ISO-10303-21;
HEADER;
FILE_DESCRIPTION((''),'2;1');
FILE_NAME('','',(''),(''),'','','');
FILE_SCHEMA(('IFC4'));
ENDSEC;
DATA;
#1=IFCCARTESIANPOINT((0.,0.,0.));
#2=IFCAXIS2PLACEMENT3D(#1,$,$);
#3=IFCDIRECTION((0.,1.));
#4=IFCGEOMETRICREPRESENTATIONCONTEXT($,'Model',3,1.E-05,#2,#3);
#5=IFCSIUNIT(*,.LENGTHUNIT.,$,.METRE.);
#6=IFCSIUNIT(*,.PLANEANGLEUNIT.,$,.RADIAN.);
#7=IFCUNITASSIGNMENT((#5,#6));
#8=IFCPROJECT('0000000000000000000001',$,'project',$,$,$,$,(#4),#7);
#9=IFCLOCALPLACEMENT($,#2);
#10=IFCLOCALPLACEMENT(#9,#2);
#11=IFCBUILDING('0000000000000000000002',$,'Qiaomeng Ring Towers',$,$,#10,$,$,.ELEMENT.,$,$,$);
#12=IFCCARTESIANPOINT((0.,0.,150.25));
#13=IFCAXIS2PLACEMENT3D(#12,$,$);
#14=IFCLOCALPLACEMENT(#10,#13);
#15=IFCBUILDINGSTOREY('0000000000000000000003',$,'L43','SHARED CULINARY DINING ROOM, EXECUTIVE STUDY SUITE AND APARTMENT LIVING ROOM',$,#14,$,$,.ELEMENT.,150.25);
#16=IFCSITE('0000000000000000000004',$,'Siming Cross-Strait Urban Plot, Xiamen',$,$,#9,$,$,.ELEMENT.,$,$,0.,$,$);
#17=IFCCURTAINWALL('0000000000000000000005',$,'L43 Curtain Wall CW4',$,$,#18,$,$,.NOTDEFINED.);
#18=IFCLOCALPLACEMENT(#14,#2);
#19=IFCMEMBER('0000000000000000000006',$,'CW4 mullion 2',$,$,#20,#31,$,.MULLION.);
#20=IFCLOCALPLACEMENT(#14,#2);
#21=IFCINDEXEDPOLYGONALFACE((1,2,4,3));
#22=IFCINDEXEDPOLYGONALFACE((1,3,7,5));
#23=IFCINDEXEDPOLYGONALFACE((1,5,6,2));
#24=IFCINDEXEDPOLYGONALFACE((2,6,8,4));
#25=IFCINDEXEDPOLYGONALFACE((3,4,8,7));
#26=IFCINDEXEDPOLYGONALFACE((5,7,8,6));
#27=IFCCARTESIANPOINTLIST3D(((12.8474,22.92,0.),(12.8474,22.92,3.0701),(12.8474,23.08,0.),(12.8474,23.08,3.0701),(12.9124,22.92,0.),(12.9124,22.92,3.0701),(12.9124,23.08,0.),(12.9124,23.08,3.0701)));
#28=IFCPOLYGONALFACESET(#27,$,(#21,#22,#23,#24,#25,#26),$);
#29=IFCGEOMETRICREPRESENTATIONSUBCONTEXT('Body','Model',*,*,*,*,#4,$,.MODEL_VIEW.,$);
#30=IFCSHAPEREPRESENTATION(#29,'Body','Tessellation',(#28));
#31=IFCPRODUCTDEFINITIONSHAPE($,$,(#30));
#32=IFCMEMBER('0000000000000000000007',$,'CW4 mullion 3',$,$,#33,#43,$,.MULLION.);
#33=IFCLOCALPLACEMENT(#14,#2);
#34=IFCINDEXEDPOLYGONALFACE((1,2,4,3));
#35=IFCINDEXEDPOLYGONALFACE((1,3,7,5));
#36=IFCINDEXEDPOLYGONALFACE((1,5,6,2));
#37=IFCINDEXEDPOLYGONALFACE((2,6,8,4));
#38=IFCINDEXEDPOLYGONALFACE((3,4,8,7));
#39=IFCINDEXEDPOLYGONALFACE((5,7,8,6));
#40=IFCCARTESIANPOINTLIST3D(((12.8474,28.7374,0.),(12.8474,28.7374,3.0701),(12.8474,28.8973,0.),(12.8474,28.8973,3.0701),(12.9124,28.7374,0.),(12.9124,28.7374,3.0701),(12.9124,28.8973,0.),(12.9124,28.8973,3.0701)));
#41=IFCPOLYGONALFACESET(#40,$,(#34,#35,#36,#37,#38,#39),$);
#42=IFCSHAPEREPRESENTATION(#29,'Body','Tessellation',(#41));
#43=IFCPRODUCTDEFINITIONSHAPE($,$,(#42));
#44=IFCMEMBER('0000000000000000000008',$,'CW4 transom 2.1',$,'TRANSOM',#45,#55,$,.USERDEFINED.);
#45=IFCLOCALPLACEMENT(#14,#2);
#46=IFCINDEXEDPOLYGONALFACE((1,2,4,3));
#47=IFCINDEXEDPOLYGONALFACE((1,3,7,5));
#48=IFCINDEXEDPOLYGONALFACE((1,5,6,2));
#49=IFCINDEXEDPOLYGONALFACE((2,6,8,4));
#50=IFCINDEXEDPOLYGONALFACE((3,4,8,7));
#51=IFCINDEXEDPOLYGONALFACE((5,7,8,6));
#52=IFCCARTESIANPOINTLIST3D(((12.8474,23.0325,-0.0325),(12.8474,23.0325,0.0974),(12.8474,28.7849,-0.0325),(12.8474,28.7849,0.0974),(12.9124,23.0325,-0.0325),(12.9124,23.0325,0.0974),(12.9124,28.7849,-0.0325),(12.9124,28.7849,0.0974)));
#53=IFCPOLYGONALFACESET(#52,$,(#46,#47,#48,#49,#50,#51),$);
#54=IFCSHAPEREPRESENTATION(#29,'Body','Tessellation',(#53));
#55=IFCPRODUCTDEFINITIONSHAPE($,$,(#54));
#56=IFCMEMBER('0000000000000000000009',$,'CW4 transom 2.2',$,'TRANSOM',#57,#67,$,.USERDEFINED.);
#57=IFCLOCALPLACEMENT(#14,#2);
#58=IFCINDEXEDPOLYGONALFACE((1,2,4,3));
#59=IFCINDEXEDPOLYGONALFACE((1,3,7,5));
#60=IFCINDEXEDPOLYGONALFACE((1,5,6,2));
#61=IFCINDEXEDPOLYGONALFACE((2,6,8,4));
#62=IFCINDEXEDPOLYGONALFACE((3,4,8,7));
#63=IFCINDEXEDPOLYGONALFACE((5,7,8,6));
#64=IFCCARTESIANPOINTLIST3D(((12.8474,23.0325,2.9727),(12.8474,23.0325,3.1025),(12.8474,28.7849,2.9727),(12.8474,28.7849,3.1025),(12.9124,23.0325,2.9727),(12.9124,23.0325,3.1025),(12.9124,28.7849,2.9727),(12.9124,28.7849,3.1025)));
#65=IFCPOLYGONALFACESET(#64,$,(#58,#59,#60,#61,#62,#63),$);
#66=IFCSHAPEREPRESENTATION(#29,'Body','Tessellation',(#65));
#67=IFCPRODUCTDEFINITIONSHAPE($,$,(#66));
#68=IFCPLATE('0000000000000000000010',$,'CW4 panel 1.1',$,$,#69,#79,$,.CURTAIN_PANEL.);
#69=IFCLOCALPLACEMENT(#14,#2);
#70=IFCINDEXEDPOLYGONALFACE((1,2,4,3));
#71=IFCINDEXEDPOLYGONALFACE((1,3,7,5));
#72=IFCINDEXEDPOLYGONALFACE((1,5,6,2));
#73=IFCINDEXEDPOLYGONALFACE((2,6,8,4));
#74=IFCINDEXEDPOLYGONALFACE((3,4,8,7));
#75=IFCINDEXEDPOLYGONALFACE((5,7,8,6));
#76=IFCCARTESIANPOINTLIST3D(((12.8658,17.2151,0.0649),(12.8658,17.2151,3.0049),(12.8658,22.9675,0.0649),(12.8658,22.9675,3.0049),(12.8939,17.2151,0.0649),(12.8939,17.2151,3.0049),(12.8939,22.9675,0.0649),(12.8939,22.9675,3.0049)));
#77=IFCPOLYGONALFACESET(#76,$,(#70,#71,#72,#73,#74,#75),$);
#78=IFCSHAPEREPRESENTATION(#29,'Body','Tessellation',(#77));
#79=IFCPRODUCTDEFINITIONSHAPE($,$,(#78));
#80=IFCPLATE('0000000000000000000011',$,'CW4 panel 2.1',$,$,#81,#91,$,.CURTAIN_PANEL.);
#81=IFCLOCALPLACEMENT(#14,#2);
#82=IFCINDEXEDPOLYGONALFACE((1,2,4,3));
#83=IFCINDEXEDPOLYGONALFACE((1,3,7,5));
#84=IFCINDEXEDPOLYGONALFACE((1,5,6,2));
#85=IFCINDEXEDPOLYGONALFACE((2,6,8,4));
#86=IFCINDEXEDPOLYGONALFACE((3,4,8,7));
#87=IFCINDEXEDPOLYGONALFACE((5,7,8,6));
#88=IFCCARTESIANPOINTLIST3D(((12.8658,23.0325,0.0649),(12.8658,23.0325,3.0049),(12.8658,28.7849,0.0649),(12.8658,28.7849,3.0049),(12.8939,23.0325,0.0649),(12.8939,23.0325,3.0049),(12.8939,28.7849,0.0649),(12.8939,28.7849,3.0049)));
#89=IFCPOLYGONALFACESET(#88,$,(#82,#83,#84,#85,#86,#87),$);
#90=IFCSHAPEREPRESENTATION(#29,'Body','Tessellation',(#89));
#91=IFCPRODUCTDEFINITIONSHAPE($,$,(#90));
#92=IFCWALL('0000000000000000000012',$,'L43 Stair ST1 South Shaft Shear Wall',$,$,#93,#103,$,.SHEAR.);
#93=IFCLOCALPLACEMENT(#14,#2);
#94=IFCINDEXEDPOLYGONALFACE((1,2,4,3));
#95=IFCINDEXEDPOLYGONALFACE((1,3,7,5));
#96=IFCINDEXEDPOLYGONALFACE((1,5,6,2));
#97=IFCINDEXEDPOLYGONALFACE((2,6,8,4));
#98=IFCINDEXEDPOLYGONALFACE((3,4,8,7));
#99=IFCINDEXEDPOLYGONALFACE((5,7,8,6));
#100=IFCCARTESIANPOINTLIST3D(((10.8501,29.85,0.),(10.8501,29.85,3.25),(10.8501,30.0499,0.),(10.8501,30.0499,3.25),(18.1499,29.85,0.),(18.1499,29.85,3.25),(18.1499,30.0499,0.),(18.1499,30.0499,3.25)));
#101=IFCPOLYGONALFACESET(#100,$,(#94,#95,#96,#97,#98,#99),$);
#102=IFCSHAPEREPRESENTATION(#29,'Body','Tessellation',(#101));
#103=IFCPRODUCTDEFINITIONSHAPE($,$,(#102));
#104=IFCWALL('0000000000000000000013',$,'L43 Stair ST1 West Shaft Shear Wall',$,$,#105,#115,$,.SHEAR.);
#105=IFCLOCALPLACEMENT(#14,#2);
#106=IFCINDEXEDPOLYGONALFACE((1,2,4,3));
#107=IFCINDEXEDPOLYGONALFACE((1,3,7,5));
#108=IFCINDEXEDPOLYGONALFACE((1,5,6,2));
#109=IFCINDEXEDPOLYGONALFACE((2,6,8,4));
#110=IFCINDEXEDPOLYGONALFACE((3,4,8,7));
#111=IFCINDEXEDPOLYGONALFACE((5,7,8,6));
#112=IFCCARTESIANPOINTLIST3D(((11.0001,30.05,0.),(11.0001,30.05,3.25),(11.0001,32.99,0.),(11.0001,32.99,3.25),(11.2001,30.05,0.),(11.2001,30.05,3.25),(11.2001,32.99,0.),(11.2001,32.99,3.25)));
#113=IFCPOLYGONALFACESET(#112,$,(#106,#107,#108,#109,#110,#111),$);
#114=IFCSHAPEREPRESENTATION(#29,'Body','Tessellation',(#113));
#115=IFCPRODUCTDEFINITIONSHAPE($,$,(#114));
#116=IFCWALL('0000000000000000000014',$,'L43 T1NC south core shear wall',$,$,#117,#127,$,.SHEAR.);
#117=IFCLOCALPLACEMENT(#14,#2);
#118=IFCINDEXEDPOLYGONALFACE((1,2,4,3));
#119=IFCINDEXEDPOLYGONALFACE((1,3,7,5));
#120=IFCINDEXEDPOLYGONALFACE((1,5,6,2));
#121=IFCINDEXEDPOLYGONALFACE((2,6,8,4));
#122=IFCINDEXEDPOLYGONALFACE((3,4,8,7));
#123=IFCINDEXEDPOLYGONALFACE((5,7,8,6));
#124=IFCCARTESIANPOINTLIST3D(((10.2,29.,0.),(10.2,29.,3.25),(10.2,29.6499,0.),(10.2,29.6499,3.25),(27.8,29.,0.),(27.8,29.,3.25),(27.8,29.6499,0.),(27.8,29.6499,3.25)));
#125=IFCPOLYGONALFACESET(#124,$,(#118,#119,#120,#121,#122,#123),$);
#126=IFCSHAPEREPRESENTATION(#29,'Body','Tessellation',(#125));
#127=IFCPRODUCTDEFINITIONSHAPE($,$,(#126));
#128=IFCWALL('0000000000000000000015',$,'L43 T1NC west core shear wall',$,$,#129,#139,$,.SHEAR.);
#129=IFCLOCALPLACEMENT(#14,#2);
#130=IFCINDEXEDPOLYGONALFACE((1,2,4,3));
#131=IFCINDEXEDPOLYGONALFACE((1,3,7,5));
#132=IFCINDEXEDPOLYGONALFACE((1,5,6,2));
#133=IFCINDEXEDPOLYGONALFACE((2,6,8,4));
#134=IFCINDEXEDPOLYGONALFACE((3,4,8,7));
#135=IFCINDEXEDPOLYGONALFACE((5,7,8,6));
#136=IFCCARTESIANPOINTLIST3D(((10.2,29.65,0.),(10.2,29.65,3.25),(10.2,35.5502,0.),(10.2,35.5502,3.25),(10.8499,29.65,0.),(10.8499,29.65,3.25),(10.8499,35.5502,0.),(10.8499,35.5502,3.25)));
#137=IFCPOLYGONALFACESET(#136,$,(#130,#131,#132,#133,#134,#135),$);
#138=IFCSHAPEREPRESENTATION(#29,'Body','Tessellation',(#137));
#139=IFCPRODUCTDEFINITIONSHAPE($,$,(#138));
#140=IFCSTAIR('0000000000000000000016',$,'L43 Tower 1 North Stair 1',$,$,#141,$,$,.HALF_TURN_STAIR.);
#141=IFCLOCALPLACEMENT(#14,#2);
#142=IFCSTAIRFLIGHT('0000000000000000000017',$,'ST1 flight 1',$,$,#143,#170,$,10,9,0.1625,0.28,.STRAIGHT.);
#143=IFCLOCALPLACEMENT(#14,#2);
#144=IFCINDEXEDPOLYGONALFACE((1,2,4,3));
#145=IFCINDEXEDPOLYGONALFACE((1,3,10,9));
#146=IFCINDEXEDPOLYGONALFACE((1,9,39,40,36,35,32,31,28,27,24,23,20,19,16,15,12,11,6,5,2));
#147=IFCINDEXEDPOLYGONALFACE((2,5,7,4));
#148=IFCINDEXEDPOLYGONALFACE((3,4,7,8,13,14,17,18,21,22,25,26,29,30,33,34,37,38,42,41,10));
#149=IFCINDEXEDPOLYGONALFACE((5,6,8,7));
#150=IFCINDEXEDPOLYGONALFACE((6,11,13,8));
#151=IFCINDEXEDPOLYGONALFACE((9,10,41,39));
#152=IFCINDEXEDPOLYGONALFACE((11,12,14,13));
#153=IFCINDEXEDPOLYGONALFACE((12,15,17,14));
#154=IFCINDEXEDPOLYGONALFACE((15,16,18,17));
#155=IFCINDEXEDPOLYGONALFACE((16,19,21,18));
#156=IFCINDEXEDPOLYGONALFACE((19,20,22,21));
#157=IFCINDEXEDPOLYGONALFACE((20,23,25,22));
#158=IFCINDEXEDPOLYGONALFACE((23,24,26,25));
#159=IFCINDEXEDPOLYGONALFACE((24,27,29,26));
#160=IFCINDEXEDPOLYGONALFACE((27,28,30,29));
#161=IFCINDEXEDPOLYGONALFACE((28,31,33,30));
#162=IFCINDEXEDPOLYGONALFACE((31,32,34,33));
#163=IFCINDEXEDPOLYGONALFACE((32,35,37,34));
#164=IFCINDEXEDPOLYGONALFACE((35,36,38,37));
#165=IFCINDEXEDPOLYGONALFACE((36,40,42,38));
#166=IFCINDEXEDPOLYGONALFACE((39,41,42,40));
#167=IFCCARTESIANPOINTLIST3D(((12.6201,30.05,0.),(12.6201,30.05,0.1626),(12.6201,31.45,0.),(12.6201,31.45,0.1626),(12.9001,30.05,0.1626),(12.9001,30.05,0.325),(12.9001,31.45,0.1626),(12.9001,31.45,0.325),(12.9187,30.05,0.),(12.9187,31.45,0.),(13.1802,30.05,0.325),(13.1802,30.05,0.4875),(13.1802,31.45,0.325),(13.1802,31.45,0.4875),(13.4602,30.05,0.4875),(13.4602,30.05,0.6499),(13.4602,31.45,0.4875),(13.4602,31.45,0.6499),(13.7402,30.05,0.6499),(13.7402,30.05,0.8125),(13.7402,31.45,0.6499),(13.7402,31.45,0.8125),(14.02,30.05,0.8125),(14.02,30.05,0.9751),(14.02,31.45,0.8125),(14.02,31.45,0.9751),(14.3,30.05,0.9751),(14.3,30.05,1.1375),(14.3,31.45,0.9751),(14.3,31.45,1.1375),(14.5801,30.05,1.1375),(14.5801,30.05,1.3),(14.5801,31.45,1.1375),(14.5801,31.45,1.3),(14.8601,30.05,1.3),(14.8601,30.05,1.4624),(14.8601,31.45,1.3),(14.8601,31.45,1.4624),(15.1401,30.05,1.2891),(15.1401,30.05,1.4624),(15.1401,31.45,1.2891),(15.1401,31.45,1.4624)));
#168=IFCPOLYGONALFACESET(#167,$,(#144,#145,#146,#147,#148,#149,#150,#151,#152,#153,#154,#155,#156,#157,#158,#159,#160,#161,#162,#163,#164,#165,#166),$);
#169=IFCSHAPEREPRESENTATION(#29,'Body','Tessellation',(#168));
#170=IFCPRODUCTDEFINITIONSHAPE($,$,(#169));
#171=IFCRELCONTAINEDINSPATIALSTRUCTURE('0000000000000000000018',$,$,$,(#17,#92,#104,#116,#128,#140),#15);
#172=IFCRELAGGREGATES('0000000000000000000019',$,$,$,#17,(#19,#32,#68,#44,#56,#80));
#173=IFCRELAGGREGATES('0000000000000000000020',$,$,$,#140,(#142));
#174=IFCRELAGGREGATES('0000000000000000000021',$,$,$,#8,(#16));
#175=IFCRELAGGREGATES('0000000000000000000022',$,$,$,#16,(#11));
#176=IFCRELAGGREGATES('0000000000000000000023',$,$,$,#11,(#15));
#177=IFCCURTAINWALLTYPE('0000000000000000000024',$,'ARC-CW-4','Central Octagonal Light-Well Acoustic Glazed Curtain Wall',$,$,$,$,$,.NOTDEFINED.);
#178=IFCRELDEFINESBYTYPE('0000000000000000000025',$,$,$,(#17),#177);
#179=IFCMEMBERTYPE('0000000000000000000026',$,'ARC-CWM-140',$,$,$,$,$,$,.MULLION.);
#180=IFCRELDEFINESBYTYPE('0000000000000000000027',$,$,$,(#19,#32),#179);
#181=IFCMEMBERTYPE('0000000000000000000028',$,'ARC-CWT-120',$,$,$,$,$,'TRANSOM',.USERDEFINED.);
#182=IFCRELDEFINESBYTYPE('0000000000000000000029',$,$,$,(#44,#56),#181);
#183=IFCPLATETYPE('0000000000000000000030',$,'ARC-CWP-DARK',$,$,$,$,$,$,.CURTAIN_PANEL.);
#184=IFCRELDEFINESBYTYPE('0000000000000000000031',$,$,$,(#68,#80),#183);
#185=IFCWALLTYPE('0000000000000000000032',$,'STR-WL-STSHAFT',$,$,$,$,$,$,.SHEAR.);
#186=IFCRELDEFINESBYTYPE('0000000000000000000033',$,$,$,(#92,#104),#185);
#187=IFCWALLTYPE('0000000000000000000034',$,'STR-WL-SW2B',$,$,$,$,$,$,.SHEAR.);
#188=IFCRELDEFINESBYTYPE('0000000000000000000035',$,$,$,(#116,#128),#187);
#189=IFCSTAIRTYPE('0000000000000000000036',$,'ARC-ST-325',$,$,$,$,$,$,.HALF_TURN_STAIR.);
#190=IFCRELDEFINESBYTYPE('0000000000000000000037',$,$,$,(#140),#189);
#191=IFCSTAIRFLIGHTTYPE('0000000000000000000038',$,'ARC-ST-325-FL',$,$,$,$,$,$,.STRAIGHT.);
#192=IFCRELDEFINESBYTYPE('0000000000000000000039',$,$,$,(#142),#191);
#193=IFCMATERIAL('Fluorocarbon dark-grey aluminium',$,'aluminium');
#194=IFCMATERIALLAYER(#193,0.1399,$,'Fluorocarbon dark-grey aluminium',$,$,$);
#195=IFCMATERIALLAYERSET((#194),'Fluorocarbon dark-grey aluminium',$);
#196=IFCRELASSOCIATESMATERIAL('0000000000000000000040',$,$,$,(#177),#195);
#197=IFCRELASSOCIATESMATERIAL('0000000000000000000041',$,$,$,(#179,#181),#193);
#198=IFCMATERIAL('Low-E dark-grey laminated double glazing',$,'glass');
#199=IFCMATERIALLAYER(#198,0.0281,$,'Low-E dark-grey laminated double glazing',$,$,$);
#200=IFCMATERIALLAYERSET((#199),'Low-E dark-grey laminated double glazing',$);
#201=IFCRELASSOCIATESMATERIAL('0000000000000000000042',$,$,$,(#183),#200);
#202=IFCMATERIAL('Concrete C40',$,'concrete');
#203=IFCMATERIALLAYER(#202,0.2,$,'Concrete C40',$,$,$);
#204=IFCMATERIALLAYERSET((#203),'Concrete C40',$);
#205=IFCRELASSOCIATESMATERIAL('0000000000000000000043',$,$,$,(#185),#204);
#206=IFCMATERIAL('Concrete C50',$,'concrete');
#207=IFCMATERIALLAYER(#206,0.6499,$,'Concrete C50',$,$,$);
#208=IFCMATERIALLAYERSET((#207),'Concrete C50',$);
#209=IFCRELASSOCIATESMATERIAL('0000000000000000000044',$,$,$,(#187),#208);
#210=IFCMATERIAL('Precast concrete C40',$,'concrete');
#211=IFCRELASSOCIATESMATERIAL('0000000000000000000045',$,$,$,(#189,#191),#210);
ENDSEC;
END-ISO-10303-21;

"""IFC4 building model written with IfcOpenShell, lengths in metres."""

from ifc_helpers import new_model, si_unit, direction, frame, frame_2d, origin, origin_2d, place, context, subcontext, project, spatial, polyline, rectangle, outline, extrude, source, transform, mapped, material, layer, layer_set, material_profile, profile_set, type_object, element, aggregate, save


model = new_model("IFC4")

# Units and contexts
model_context = context("Model", 3, precision=1e-05, world=origin(), true_north=direction((0.0, 1.0)))
body_context = subcontext(model_context, "Body", "Model", "MODEL_VIEW")
ifc_project = project(units=[si_unit("LENGTHUNIT", "METRE"), si_unit("PLANEANGLEUNIT", "RADIAN")], contexts=[model_context])

# Site, building, storey
site_placement = place(None, origin())
site = spatial("IfcSite", under=ifc_project, at=site_placement, Name="Siming Cross-Strait Urban Plot, Xiamen", CompositionType="ELEMENT", RefElevation=0.0)
building_placement = place(site_placement, origin())
building = spatial("IfcBuilding", under=site, at=building_placement, Name="Qiaomeng Ring Towers", CompositionType="ELEMENT")
storey_placement = place(building_placement, frame((0.0, 0.0, 150.25)))
storey = spatial("IfcBuildingStorey", under=building, at=storey_placement, Name="L43", Description="SHARED CULINARY DINING ROOM, EXECUTIVE STUDY SUITE AND APARTMENT LIVING ROOM", CompositionType="ELEMENT", Elevation=150.25)

# Curtain wall, members, plates
ifc_material_1 = material(Name="Fluorocarbon dark-grey aluminium", Category="aluminium")
ifc_layer_1 = layer(ifc_material_1, 0.1399, Name="Fluorocarbon dark-grey aluminium")
ifc_layer_set_1 = layer_set([ifc_layer_1], Name="Fluorocarbon dark-grey aluminium")
curtain_wall_type = type_object("IfcCurtainWallType", Name="ARC-CW-4", Description="Central Octagonal Light-Well Acoustic Glazed Curtain Wall", PredefinedType="NOTDEFINED", material=ifc_layer_set_1)
curtain_wall_placement = place(storey_placement, origin())
curtain_wall = element("IfcCurtainWall", 1, at=curtain_wall_placement, inside=storey, type_object=curtain_wall_type, Name="L43 Curtain Wall CW4", PredefinedType="NOTDEFINED")
ifc_material_profile_1 = material_profile(ifc_material_1, rectangle(XDim=0.0649, YDim=0.1599, at=origin_2d()), Name="ALU MULL 65x160")
ifc_profile_set_1 = profile_set([ifc_material_profile_1], Name="Fluorocarbon dark-grey aluminium")
member_type_1 = type_object("IfcMemberType", Name="ARC-CWM-140", PredefinedType="MULLION", material=ifc_profile_set_1)
shared_shape_1 = source(origin(), body_context, "Body", "SweptSolid", [
    extrude(rectangle(XDim=0.0649, YDim=0.1599, at=origin_2d()), origin(), (0.0, 0.0, 1.0), 3.0701),
])
member_1_placement = place(storey_placement, frame((12.8799, 23.0, 0.0), z_axis=(0.0, 0.0, 1.0), x_axis=(-1.0, 0.0, 0.0)))
member_1 = element("IfcMember", 2, at=member_1_placement, type_object=member_type_1, Name="CW4 mullion 2", PredefinedType="MULLION", context=body_context, shape_type="MappedRepresentation", body=[
    mapped(shared_shape_1, transform((0.0, 0.0, 0.0), x_axis=(1.0, 0.0, 0.0), y_axis=(0.0, 1.0, 0.0), z_axis=(0.0, 0.0, 1.0), scale=1.0)),
])
member_2_placement = place(storey_placement, frame((12.8799, 28.8174, 0.0), z_axis=(0.0, 0.0, 1.0), x_axis=(-1.0, 0.0, 0.0)))
member_2 = element("IfcMember", 3, at=member_2_placement, type_object=member_type_1, Name="CW4 mullion 3", PredefinedType="MULLION", context=body_context, shape_type="MappedRepresentation", body=[
    mapped(shared_shape_1, transform((0.0, 0.0, 0.0), x_axis=(1.0, 0.0, 0.0), y_axis=(0.0, 1.0, 0.0), z_axis=(0.0, 0.0, 1.0), scale=1.0)),
])
ifc_material_profile_2 = material_profile(ifc_material_1, rectangle(XDim=0.0649, YDim=0.1299, at=origin_2d()), Name="ALU TRAN 65x130")
ifc_profile_set_2 = profile_set([ifc_material_profile_2], Name="Fluorocarbon dark-grey aluminium")
member_type_2 = type_object("IfcMemberType", Name="ARC-CWT-120", ElementType="TRANSOM", PredefinedType="USERDEFINED", material=ifc_profile_set_2)
shared_shape_2 = source(origin(), body_context, "Body", "SweptSolid", [
    extrude(rectangle(XDim=0.0649, YDim=0.1299, at=origin_2d()), origin(), (0.0, 0.0, 1.0), 5.7524),
])
member_3_placement = place(storey_placement, frame((12.8799, 23.0325, 0.0325), z_axis=(0.0, 1.0, 0.0), x_axis=(-1.0, 0.0, 0.0)))
member_3 = element("IfcMember", 4, at=member_3_placement, type_object=member_type_2, Name="CW4 transom 2.1", ObjectType="TRANSOM", PredefinedType="USERDEFINED", context=body_context, shape_type="MappedRepresentation", body=[
    mapped(shared_shape_2, transform((0.0, 0.0, 0.0), x_axis=(1.0, 0.0, 0.0), y_axis=(0.0, 1.0, 0.0), z_axis=(0.0, 0.0, 1.0), scale=1.0)),
])
member_4_placement = place(storey_placement, frame((12.8799, 23.0325, 3.0376), z_axis=(0.0, 1.0, 0.0), x_axis=(-1.0, 0.0, 0.0)))
member_4 = element("IfcMember", 5, at=member_4_placement, type_object=member_type_2, Name="CW4 transom 2.2", ObjectType="TRANSOM", PredefinedType="USERDEFINED", context=body_context, shape_type="MappedRepresentation", body=[
    mapped(shared_shape_2, transform((0.0, 0.0, 0.0), x_axis=(1.0, 0.0, 0.0), y_axis=(0.0, 1.0, 0.0), z_axis=(0.0, 0.0, 1.0), scale=1.0)),
])
ifc_material_2 = material(Name="Low-E dark-grey laminated double glazing", Category="glass")
ifc_layer_2 = layer(ifc_material_2, 0.0281, Name="Low-E dark-grey laminated double glazing")
ifc_layer_set_2 = layer_set([ifc_layer_2], Name="Low-E dark-grey laminated double glazing")
plate_type = type_object("IfcPlateType", Name="ARC-CWP-DARK", PredefinedType="CURTAIN_PANEL", material=ifc_layer_set_2)
shared_shape_3 = source(origin(), body_context, "Body", "SweptSolid", [
    extrude(rectangle(XDim=5.7524, YDim=0.0281, at=origin_2d()), origin(), (0.0, 0.0, 1.0), 2.9399),
])
plate_1_placement = place(storey_placement, frame((12.8799, 20.0913, 0.0649), z_axis=(0.0, 0.0, 1.0), x_axis=(0.0, 1.0, 0.0)))
plate_1 = element("IfcPlate", 6, at=plate_1_placement, type_object=plate_type, Name="CW4 panel 1.1", PredefinedType="CURTAIN_PANEL", context=body_context, shape_type="MappedRepresentation", body=[
    mapped(shared_shape_3, transform((0.0, 0.0, 0.0), x_axis=(1.0, 0.0, 0.0), y_axis=(0.0, 1.0, 0.0), z_axis=(0.0, 0.0, 1.0), scale=1.0)),
])
plate_2_placement = place(storey_placement, frame((12.8799, 25.9087, 0.0649), z_axis=(0.0, 0.0, 1.0), x_axis=(0.0, 1.0, 0.0)))
plate_2 = element("IfcPlate", 7, at=plate_2_placement, type_object=plate_type, Name="CW4 panel 2.1", PredefinedType="CURTAIN_PANEL", context=body_context, shape_type="MappedRepresentation", body=[
    mapped(shared_shape_3, transform((0.0, 0.0, 0.0), x_axis=(1.0, 0.0, 0.0), y_axis=(0.0, 1.0, 0.0), z_axis=(0.0, 0.0, 1.0), scale=1.0)),
])
aggregate(curtain_wall, [member_1, member_2, plate_1, member_3, member_4, plate_2])

# Walls
ifc_material_3 = material(Name="Concrete C40", Category="concrete")
ifc_layer_3 = layer(ifc_material_3, 0.2, Name="Concrete C40")
ifc_layer_set_3 = layer_set([ifc_layer_3], Name="Concrete C40")
wall_type_1 = type_object("IfcWallType", Name="STR-WL-STSHAFT", PredefinedType="SHEAR", material=ifc_layer_set_3)
wall_1_placement = place(storey_placement, frame((10.8501, 29.95, 0.0), z_axis=(0.0, 0.0, 1.0), x_axis=(1.0, 0.0, 0.0)))
element("IfcWall", 8, at=wall_1_placement, inside=storey, type_object=wall_type_1, Name="L43 Stair ST1 South Shaft Shear Wall", PredefinedType="SHEAR", context=body_context, shape_type="SweptSolid", body=[
    extrude(rectangle(XDim=7.2998, YDim=0.2, at=frame_2d((3.6499, 0.0))), origin(), (0.0, 0.0, 1.0), 3.25),
])
wall_2_placement = place(storey_placement, frame((11.1001, 30.05, 0.0), z_axis=(0.0, 0.0, 1.0), x_axis=(0.0, 1.0, 0.0)))
element("IfcWall", 9, at=wall_2_placement, inside=storey, type_object=wall_type_1, Name="L43 Stair ST1 West Shaft Shear Wall", PredefinedType="SHEAR", context=body_context, shape_type="SweptSolid", body=[
    extrude(rectangle(XDim=2.9399, YDim=0.2, at=frame_2d((1.47, 0.0))), origin(), (0.0, 0.0, 1.0), 3.25),
])
ifc_material_4 = material(Name="Concrete C50", Category="concrete")
ifc_layer_4 = layer(ifc_material_4, 0.6499, Name="Concrete C50")
ifc_layer_set_4 = layer_set([ifc_layer_4], Name="Concrete C50")
wall_type_2 = type_object("IfcWallType", Name="STR-WL-SW2B", PredefinedType="SHEAR", material=ifc_layer_set_4)
wall_3_placement = place(storey_placement, frame((10.2, 29.325, 0.0), z_axis=(0.0, 0.0, 1.0), x_axis=(1.0, 0.0, 0.0)))
element("IfcWall", 10, at=wall_3_placement, inside=storey, type_object=wall_type_2, Name="L43 T1NC south core shear wall", PredefinedType="SHEAR", context=body_context, shape_type="SweptSolid", body=[
    extrude(rectangle(XDim=17.6001, YDim=0.6499, at=frame_2d((8.8, 0.0))), origin(), (0.0, 0.0, 1.0), 3.25),
])
wall_4_placement = place(storey_placement, frame((10.5249, 29.6499, 0.0), z_axis=(0.0, 0.0, 1.0), x_axis=(0.0, 1.0, 0.0)))
element("IfcWall", 11, at=wall_4_placement, inside=storey, type_object=wall_type_2, Name="L43 T1NC west core shear wall", PredefinedType="SHEAR", context=body_context, shape_type="SweptSolid", body=[
    extrude(rectangle(XDim=5.9001, YDim=0.6499, at=frame_2d((2.9502, 0.0))), origin(), (0.0, 0.0, 1.0), 3.25),
])

# Stair, stair flight
ifc_material_5 = material(Name="Precast concrete C40", Category="concrete")
stair_type = type_object("IfcStairType", Name="ARC-ST-325", PredefinedType="HALF_TURN_STAIR", material=ifc_material_5)
stair_placement = place(storey_placement, origin())
stair = element("IfcStair", 12, at=stair_placement, inside=storey, type_object=stair_type, Name="L43 Tower 1 North Stair 1", PredefinedType="HALF_TURN_STAIR")
stair_flight_type = type_object("IfcStairFlightType", Name="ARC-ST-325-FL", PredefinedType="STRAIGHT", material=ifc_material_5)
shared_shape_4 = source(origin(), body_context, "Body", "SweptSolid", [
    extrude(outline(polyline([(0.0, 0.0), (0.0, 0.1626), (0.28, 0.1626), (0.28, 0.325), (0.5601, 0.325), (0.5601, 0.4875), (0.8401, 0.4875), (0.8401, 0.6499), (1.1201, 0.6499), (1.1201, 0.8125), (1.3999, 0.8125), (1.3999, 0.9751), (1.6799, 0.9751), (1.6799, 1.1375), (1.96, 1.1375), (1.96, 1.3), (2.24, 1.3), (2.24, 1.4624), (2.52, 1.4624), (2.52, 1.625), (2.52, 1.2891), (0.2986, 0.0), (0.0, 0.0)])), frame((0.0, 0.7, 0.0), z_axis=(0.0, -1.0, 0.0), x_axis=(1.0, 0.0, 0.0)), (0.0, 0.0, 1.0), 1.3999),
])
stair_flight_placement = place(storey_placement, frame((12.6201, 30.75, 0.0), z_axis=(0.0, 0.0, 1.0), x_axis=(1.0, 0.0, 0.0)))
stair_flight = element("IfcStairFlight", 13, at=stair_flight_placement, type_object=stair_flight_type, Name="ST1 flight 1", NumberOfRisers=10, NumberOfTreads=9, PredefinedType="STRAIGHT", RiserHeight=0.1625, TreadLength=0.28, context=body_context, shape_type="MappedRepresentation", body=[
    mapped(shared_shape_4, transform((0.0, 0.0, 0.0), x_axis=(1.0, 0.0, 0.0), y_axis=(0.0, 1.0, 0.0), z_axis=(0.0, 0.0, 1.0), scale=1.0)),
])
aggregate(stair, [stair_flight])

save(model, "model.ifc")
